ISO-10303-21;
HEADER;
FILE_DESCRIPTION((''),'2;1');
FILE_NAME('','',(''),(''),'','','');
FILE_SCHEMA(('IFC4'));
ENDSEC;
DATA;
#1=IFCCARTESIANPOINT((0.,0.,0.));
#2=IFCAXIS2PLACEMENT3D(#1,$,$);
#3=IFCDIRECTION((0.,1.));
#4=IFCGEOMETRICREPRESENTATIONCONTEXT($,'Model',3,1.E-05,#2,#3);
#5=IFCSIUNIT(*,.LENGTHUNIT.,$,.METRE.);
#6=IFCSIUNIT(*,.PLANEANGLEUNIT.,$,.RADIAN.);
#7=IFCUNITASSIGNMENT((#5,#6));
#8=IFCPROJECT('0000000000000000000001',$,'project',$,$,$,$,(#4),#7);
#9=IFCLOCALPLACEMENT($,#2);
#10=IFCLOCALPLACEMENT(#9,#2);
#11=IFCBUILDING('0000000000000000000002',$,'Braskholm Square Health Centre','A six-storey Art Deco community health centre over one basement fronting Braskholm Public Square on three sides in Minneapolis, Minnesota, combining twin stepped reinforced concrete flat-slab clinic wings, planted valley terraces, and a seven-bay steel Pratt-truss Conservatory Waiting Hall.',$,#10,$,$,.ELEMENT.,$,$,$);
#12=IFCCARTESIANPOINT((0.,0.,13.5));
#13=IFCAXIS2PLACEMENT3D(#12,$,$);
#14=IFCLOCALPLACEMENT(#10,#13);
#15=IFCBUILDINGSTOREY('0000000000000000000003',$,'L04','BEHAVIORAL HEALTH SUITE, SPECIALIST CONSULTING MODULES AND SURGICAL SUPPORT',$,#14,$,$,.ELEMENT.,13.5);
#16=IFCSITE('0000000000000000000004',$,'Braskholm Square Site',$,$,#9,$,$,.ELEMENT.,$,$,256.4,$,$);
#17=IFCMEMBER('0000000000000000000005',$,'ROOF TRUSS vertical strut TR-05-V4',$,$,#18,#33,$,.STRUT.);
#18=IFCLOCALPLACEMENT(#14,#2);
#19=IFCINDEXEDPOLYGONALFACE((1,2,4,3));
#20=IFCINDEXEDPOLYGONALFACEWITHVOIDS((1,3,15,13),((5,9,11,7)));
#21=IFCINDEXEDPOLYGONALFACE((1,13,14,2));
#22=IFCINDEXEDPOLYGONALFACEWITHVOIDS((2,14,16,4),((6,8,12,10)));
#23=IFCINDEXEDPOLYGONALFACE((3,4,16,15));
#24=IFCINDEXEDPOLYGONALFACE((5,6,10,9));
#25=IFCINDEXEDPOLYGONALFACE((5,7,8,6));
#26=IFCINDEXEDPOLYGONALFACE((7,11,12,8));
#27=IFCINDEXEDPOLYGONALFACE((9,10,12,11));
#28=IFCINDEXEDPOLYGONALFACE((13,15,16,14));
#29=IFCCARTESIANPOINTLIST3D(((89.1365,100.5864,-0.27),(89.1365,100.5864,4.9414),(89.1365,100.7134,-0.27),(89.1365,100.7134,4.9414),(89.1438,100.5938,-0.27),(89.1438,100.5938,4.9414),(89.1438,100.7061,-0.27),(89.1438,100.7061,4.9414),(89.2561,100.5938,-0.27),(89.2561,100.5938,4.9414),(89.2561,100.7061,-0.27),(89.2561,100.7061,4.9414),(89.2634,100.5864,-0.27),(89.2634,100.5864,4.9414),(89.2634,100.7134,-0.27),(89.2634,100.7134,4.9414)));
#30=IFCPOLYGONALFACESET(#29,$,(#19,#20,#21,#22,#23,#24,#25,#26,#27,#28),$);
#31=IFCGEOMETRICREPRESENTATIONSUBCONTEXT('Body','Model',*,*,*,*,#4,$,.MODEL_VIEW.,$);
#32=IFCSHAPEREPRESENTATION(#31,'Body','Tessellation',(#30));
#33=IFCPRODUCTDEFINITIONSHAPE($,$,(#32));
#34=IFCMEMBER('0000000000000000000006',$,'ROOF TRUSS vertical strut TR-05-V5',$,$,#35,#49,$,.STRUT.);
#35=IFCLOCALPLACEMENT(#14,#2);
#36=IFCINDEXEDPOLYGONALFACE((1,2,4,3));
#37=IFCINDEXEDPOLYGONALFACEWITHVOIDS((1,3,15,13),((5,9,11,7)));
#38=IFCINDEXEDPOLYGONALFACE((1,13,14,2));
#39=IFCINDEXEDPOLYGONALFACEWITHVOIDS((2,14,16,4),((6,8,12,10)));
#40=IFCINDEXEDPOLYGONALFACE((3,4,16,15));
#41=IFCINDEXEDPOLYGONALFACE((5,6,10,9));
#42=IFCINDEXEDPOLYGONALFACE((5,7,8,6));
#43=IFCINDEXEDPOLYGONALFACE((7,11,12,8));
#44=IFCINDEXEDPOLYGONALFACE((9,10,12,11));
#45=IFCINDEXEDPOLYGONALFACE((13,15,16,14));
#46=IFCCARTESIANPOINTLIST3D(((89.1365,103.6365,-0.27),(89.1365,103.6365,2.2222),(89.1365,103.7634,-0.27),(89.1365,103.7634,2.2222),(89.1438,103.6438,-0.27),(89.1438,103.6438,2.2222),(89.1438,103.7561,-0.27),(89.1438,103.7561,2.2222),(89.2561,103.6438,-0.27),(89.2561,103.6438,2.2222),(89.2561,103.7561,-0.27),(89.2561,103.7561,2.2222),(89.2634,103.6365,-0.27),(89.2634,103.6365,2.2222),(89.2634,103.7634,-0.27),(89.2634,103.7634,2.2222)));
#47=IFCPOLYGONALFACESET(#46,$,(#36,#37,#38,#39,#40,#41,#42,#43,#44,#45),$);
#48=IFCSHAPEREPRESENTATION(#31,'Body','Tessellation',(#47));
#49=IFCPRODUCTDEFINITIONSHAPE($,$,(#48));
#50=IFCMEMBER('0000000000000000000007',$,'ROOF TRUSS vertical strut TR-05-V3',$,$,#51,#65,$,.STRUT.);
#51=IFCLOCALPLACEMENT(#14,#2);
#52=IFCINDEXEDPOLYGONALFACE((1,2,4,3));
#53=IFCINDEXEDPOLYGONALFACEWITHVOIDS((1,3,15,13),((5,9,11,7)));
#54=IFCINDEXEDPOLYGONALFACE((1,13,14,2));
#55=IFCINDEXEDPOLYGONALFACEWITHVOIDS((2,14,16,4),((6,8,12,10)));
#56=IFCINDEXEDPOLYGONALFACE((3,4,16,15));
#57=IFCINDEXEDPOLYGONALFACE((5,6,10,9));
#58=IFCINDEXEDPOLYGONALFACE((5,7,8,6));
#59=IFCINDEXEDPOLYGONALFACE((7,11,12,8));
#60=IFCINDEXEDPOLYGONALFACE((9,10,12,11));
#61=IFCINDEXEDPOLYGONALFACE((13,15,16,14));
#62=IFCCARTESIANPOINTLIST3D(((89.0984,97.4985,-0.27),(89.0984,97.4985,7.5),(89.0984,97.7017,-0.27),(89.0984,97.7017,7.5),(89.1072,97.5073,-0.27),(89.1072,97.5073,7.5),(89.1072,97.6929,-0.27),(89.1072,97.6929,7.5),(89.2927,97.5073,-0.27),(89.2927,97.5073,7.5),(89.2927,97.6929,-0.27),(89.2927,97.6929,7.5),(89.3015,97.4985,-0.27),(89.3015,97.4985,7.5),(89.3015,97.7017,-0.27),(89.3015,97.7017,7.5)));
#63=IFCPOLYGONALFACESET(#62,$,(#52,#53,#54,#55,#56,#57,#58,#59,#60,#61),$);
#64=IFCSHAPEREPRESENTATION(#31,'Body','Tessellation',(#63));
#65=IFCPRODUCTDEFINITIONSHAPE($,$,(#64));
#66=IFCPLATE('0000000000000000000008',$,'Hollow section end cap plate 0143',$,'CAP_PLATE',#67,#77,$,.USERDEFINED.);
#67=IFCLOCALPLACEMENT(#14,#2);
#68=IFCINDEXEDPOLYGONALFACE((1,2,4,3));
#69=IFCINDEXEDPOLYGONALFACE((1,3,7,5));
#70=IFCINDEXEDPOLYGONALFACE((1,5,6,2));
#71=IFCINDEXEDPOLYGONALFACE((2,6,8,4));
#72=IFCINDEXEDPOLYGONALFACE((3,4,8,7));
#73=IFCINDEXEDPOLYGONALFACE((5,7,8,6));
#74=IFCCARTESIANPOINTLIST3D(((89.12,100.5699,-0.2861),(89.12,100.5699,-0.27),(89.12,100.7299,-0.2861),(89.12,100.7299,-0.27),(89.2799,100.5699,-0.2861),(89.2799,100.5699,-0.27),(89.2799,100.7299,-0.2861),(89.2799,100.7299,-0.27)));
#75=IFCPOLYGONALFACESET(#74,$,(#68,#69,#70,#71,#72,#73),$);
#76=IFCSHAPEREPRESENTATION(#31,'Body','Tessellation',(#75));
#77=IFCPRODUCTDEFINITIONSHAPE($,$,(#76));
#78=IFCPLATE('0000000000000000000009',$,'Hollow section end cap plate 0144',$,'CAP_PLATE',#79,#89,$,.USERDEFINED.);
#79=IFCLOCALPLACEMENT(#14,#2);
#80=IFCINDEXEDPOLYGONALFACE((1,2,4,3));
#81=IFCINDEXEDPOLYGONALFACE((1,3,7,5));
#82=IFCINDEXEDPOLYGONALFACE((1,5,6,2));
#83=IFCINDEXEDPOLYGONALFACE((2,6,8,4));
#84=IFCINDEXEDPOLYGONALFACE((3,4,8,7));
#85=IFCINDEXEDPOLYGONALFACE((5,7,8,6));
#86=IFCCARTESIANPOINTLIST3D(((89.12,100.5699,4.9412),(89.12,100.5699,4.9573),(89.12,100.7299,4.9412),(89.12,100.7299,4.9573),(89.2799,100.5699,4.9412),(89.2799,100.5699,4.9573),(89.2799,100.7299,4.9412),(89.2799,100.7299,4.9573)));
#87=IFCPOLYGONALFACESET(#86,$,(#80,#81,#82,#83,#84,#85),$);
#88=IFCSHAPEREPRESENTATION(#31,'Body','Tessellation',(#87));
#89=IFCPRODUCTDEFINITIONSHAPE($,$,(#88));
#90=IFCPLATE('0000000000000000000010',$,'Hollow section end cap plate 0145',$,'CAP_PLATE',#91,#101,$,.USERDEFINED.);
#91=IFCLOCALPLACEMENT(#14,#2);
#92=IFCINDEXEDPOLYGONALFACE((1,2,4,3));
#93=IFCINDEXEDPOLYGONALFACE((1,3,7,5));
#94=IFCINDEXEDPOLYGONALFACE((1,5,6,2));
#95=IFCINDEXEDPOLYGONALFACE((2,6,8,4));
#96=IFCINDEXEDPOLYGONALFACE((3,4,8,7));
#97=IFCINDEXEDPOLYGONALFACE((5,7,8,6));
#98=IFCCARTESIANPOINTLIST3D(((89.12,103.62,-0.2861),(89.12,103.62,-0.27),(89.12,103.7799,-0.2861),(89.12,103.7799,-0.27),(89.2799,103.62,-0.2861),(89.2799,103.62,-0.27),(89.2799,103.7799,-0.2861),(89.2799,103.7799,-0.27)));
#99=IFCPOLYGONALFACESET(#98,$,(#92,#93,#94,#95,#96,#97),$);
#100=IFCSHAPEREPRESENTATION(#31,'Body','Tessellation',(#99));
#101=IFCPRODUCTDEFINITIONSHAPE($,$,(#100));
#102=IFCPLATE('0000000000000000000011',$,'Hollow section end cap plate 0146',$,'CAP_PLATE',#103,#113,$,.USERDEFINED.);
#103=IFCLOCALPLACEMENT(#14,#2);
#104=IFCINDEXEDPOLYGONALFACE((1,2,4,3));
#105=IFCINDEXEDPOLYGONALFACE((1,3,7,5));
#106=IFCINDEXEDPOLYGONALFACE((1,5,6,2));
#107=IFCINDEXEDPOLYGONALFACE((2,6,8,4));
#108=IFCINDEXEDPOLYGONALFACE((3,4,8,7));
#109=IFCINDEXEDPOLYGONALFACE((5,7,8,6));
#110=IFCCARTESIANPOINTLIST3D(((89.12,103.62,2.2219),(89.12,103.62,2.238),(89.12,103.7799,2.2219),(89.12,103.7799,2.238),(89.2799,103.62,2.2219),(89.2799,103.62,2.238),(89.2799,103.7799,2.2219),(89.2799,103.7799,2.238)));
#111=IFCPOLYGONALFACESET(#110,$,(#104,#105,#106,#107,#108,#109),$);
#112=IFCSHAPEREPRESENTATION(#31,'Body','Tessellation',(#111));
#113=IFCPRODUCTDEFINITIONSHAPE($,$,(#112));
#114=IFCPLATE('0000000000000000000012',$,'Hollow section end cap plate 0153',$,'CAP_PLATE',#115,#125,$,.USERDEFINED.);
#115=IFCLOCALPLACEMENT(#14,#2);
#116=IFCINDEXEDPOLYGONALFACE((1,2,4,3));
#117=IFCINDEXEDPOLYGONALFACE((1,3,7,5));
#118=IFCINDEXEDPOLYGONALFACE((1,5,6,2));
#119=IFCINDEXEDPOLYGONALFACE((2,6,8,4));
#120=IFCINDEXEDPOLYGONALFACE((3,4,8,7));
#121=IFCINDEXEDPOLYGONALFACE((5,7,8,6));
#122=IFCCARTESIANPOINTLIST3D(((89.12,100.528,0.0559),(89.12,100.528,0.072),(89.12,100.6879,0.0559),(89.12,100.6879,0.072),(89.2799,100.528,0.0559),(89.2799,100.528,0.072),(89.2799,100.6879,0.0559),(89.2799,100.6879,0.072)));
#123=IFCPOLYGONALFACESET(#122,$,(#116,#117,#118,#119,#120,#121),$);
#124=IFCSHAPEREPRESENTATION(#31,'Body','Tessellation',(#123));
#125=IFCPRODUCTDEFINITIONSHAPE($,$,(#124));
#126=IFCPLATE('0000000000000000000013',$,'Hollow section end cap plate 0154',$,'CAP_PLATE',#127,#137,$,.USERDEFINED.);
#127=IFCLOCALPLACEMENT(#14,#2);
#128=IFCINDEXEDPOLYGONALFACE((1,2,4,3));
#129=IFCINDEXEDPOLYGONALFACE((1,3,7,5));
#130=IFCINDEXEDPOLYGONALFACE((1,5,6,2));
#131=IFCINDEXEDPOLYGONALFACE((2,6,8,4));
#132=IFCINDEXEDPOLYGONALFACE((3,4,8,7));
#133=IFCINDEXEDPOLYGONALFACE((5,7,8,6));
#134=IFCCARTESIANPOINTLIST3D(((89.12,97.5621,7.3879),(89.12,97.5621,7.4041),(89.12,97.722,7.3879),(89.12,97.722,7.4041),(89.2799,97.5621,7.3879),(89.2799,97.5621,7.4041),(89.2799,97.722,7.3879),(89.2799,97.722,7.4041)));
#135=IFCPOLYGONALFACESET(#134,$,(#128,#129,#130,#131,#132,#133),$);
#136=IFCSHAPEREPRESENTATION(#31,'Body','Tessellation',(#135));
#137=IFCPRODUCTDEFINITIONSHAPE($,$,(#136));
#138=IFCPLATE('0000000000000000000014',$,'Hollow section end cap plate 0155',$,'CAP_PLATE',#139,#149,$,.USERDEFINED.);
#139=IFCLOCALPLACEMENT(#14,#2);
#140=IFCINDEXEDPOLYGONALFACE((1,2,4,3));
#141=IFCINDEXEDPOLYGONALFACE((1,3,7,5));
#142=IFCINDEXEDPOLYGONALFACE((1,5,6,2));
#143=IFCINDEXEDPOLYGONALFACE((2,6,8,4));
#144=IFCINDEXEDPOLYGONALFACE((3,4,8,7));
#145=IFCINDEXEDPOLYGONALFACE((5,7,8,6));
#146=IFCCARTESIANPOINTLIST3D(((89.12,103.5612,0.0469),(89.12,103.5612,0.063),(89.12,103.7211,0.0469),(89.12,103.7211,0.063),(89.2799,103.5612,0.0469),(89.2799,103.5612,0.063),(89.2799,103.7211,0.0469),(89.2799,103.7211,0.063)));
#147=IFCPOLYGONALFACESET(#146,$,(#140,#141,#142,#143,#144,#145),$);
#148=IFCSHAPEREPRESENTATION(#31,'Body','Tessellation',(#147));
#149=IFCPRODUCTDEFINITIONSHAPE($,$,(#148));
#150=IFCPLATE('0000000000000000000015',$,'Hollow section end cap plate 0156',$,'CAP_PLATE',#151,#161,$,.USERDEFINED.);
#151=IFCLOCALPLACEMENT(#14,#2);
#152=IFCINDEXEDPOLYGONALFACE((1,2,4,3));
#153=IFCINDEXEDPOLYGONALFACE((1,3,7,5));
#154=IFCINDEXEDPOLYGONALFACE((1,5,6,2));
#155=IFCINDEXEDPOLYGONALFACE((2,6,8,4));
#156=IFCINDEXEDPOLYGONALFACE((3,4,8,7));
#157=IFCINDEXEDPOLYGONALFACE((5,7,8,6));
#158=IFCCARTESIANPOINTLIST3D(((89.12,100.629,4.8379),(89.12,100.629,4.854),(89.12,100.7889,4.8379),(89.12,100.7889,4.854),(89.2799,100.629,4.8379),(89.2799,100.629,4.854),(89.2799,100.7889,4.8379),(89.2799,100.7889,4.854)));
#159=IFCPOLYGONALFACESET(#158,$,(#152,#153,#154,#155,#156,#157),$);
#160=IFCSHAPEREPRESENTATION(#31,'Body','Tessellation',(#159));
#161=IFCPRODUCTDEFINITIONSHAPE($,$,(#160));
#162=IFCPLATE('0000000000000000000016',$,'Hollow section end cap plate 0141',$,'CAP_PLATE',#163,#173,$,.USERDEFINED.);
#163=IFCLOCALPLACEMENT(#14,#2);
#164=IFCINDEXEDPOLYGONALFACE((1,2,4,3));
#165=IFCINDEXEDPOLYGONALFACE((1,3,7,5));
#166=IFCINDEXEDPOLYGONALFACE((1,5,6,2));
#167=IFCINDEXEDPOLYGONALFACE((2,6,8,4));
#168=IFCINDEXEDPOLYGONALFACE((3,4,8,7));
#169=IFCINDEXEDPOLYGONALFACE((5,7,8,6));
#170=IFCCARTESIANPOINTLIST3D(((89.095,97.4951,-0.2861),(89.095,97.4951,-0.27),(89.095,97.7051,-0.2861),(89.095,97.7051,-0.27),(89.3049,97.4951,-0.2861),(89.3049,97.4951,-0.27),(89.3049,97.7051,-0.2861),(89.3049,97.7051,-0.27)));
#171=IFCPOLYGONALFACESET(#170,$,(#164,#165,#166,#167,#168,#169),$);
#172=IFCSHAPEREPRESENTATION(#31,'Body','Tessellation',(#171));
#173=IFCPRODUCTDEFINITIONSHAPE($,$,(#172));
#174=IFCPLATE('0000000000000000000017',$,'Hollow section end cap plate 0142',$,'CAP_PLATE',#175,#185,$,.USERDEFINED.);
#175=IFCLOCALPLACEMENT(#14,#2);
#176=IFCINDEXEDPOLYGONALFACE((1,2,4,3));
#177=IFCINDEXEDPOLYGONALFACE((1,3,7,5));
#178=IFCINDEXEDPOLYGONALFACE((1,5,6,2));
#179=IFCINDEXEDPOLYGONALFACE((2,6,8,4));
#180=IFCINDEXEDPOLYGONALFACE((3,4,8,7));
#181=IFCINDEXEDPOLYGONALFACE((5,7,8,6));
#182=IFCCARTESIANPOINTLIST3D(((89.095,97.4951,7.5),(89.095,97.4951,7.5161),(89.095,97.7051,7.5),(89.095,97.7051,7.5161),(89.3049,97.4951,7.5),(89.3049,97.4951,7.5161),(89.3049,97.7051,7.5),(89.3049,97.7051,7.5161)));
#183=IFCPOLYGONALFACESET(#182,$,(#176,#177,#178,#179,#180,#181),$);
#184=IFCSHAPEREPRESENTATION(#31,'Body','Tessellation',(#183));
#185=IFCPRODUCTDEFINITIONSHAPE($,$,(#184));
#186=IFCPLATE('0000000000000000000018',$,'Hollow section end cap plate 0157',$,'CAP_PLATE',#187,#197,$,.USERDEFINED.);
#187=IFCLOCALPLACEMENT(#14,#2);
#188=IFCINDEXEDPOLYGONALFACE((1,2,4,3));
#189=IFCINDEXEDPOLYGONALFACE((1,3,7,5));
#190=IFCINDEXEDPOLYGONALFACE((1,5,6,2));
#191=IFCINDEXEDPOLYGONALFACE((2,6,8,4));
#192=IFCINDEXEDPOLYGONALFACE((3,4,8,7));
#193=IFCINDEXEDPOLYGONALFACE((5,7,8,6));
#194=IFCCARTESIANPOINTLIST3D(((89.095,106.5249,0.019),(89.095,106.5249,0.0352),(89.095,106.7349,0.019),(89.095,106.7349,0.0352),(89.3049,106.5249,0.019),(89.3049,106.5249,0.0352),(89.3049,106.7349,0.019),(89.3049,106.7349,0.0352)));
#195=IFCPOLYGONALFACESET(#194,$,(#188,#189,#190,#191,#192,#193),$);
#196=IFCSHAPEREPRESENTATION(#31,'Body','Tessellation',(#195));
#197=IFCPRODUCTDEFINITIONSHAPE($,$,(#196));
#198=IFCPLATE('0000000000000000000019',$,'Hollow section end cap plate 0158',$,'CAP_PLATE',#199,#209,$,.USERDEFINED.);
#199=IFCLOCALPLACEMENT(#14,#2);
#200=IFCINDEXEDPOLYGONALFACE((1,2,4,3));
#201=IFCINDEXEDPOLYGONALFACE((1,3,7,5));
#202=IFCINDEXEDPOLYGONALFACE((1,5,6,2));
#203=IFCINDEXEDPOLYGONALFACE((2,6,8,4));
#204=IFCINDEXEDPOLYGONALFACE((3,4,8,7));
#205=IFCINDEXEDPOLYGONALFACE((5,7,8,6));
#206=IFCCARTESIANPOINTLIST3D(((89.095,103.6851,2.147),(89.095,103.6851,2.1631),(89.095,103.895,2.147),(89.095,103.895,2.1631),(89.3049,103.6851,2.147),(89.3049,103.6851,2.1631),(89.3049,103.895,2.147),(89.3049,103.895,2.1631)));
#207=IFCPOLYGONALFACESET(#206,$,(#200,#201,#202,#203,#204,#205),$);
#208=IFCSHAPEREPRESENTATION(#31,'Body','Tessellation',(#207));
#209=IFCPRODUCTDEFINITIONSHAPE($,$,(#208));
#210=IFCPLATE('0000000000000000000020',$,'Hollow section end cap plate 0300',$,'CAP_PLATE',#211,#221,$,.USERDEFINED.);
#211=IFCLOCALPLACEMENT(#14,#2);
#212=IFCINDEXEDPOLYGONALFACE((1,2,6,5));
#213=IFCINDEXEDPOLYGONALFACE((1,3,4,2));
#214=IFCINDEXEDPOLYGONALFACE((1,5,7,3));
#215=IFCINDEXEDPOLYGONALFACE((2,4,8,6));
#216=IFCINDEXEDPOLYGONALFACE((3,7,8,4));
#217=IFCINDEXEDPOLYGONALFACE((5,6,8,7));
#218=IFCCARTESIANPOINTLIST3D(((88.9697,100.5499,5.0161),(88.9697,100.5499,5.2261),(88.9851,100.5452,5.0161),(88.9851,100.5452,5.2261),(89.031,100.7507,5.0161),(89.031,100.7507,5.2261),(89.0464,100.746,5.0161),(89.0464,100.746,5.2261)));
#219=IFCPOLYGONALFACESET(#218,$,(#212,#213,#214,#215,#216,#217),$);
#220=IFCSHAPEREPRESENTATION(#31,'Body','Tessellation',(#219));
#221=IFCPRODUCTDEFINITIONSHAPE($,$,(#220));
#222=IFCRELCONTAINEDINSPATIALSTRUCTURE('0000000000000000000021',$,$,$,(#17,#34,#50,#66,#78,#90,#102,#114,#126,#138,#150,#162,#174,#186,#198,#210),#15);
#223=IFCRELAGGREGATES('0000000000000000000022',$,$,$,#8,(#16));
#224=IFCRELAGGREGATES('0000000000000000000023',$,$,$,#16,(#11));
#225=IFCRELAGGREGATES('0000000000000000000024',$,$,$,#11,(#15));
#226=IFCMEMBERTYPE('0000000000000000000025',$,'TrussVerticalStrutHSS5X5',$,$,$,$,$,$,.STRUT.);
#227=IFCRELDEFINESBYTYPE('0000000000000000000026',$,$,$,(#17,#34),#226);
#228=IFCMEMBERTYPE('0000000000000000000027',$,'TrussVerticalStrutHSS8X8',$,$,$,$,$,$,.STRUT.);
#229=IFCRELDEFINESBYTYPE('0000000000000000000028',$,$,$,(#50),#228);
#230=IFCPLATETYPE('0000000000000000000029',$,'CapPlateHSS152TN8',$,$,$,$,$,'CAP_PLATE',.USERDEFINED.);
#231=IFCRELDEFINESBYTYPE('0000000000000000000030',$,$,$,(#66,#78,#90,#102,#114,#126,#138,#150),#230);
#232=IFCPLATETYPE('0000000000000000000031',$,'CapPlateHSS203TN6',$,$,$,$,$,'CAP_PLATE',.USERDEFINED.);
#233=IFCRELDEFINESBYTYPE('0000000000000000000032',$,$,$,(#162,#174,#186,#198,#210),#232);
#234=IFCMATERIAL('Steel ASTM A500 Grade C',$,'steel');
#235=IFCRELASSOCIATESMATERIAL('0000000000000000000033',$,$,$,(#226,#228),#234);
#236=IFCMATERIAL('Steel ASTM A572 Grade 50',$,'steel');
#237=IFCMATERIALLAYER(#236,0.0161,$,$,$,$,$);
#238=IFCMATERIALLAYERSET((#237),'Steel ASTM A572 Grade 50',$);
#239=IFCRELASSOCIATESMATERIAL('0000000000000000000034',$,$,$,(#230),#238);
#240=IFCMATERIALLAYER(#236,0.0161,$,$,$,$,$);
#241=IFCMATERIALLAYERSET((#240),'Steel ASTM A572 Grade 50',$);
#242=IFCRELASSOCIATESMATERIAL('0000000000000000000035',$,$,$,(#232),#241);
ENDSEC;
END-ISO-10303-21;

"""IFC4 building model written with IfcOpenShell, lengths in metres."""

from ifc_helpers import new_model, si_unit, direction, frame, origin, origin_2d, place, context, subcontext, project, spatial, rectangle, hollow_rectangle, extrude, material, layer, layer_set, material_profile, profile_set, type_object, element, save


model = new_model("IFC4")

# Units and contexts
model_context = context("Model", 3, precision=1e-05, world=origin(), true_north=direction((0.0, 1.0)))
body_context = subcontext(model_context, "Body", "Model", "MODEL_VIEW")
ifc_project = project(units=[si_unit("LENGTHUNIT", "METRE"), si_unit("PLANEANGLEUNIT", "RADIAN")], contexts=[model_context])

# Site, building, storey
site_placement = place(None, origin())
site = spatial("IfcSite", under=ifc_project, at=site_placement, Name="Braskholm Square Site", CompositionType="ELEMENT", RefElevation=256.4)
building_placement = place(site_placement, origin())
building = spatial("IfcBuilding", under=site, at=building_placement, Name="Braskholm Square Health Centre", Description="A six-storey Art Deco community health centre over one basement fronting Braskholm Public Square on three sides in Minneapolis, Minnesota, combining twin stepped reinforced concrete flat-slab clinic wings, planted valley terraces, and a seven-bay steel Pratt-truss Conservatory Waiting Hall.", CompositionType="ELEMENT")
storey_placement = place(building_placement, frame((0.0, 0.0, 13.5)))
storey = spatial("IfcBuildingStorey", under=building, at=storey_placement, Name="L04", Description="BEHAVIORAL HEALTH SUITE, SPECIALIST CONSULTING MODULES AND SURGICAL SUPPORT", CompositionType="ELEMENT", Elevation=13.5)

# Members
ifc_material_1 = material(Name="Steel ASTM A500 Grade C", Category="steel")
ifc_material_profile_1 = material_profile(ifc_material_1, hollow_rectangle(XDim=0.127, YDim=0.127, WallThickness=0.0073, at=origin_2d()), Name="HSS5X5X5/16")
ifc_profile_set_1 = profile_set([ifc_material_profile_1], Name="Steel ASTM A500 Grade C")
member_type_1 = type_object("IfcMemberType", Name="TrussVerticalStrutHSS5X5", PredefinedType="STRUT", material=ifc_profile_set_1)
member_1_placement = place(storey_placement, frame((89.2, 100.6499, -0.27), z_axis=(0.0, 0.0, 1.0), x_axis=(1.0, 0.0, 0.0)))
element("IfcMember", 1, at=member_1_placement, inside=storey, type_object=member_type_1, Name="ROOF TRUSS vertical strut TR-05-V4", PredefinedType="STRUT", context=body_context, shape_type="SweptSolid", body=[
    extrude(hollow_rectangle(XDim=0.127, YDim=0.127, WallThickness=0.0073, at=origin_2d()), origin(), (0.0, 0.0, 1.0), 5.2114),
])
member_2_placement = place(storey_placement, frame((89.2, 103.7, -0.27), z_axis=(0.0, 0.0, 1.0), x_axis=(1.0, 0.0, 0.0)))
element("IfcMember", 2, at=member_2_placement, inside=storey, type_object=member_type_1, Name="ROOF TRUSS vertical strut TR-05-V5", PredefinedType="STRUT", context=body_context, shape_type="SweptSolid", body=[
    extrude(hollow_rectangle(XDim=0.127, YDim=0.127, WallThickness=0.0073, at=origin_2d()), origin(), (0.0, 0.0, 1.0), 2.4922),
])
ifc_material_profile_2 = material_profile(ifc_material_1, hollow_rectangle(XDim=0.2031, YDim=0.2031, WallThickness=0.0088, at=origin_2d()), Name="HSS8X8X3/8")
ifc_profile_set_2 = profile_set([ifc_material_profile_2], Name="Steel ASTM A500 Grade C")
member_type_2 = type_object("IfcMemberType", Name="TrussVerticalStrutHSS8X8", PredefinedType="STRUT", material=ifc_profile_set_2)
member_3_placement = place(storey_placement, frame((89.2, 97.6001, -0.27), z_axis=(0.0, 0.0, 1.0), x_axis=(1.0, 0.0, 0.0)))
element("IfcMember", 3, at=member_3_placement, inside=storey, type_object=member_type_2, Name="ROOF TRUSS vertical strut TR-05-V3", PredefinedType="STRUT", context=body_context, shape_type="SweptSolid", body=[
    extrude(hollow_rectangle(XDim=0.2031, YDim=0.2031, WallThickness=0.0088, at=origin_2d()), origin(), (0.0, 0.0, 1.0), 7.77),
])

# Plates
ifc_material_2 = material(Name="Steel ASTM A572 Grade 50", Category="steel")
ifc_layer_1 = layer(ifc_material_2, 0.0161)
ifc_layer_set_1 = layer_set([ifc_layer_1], Name="Steel ASTM A572 Grade 50")
plate_type_1 = type_object("IfcPlateType", Name="CapPlateHSS152TN8", ElementType="CAP_PLATE", PredefinedType="USERDEFINED", material=ifc_layer_set_1)
for number, where, z_axis, x_axis, name in (
    (4, (89.2, 100.6499, -0.2861), (0.0, 0.0, 1.0), (1.0, 0.0, 0.0), "Hollow section end cap plate 0143"),
    (5, (89.2, 100.6499, 4.9412), (0.0, 0.0, 1.0), (1.0, 0.0, 0.0), "Hollow section end cap plate 0144"),
    (6, (89.2, 103.7, -0.2861), (0.0, 0.0, 1.0), (1.0, 0.0, 0.0), "Hollow section end cap plate 0145"),
    (7, (89.2, 103.7, 2.2219), (0.0, 0.0, 1.0), (1.0, 0.0, 0.0), "Hollow section end cap plate 0146"),
    (8, (89.2, 100.6079, 0.0559), (0.0, 0.0, 1.0), (1.0, 0.0, 0.0), "Hollow section end cap plate 0153"),
    (9, (89.2, 97.6421, 7.3879), (0.0, 0.0, 1.0), (1.0, 0.0, 0.0), "Hollow section end cap plate 0154"),
    (10, (89.2, 103.6411, 0.0469), (0.0, 0.0, 1.0), (1.0, 0.0, 0.0), "Hollow section end cap plate 0155"),
    (11, (89.2, 100.709, 4.8379), (0.0, 0.0, 1.0), (1.0, 0.0, 0.0), "Hollow section end cap plate 0156"),
):
    element("IfcPlate", number, at=place(storey_placement, frame(where, z_axis=z_axis, x_axis=x_axis)), inside=storey, type_object=plate_type_1, Name=name, ObjectType="CAP_PLATE", PredefinedType="USERDEFINED", context=body_context, shape_type="SweptSolid", body=[
        extrude(rectangle(XDim=0.1599, YDim=0.1599, at=origin_2d()), origin(), (0.0, 0.0, 1.0), 0.0161),
    ])
ifc_layer_2 = layer(ifc_material_2, 0.0161)
ifc_layer_set_2 = layer_set([ifc_layer_2], Name="Steel ASTM A572 Grade 50")
plate_type_2 = type_object("IfcPlateType", Name="CapPlateHSS203TN6", ElementType="CAP_PLATE", PredefinedType="USERDEFINED", material=ifc_layer_set_2)
for number, where, z_axis, x_axis, name in (
    (12, (89.2, 97.6001, -0.2861), (0.0, 0.0, 1.0), (1.0, 0.0, 0.0), "Hollow section end cap plate 0141"),
    (13, (89.2, 97.6001, 7.5), (0.0, 0.0, 1.0), (1.0, 0.0, 0.0), "Hollow section end cap plate 0142"),
    (14, (89.2, 106.6299, 0.019), (0.0, 0.0, 1.0), (1.0, 0.0, 0.0), "Hollow section end cap plate 0157"),
    (15, (89.2, 103.79, 2.147), (0.0, 0.0, 1.0), (1.0, 0.0, 0.0), "Hollow section end cap plate 0158"),
):
    element("IfcPlate", number, at=place(storey_placement, frame(where, z_axis=z_axis, x_axis=x_axis)), inside=storey, type_object=plate_type_2, Name=name, ObjectType="CAP_PLATE", PredefinedType="USERDEFINED", context=body_context, shape_type="SweptSolid", body=[
        extrude(rectangle(XDim=0.21, YDim=0.21, at=origin_2d()), origin(), (0.0, 0.0, 1.0), 0.0161),
    ])
plate_1_placement = place(storey_placement, frame((89.0081, 100.6479, 5.0161), z_axis=(0.0, 0.0, 1.0), x_axis=(0.956498, -0.291737, 0.0)))
element("IfcPlate", 16, at=plate_1_placement, inside=storey, type_object=plate_type_2, Name="Hollow section end cap plate 0300", ObjectType="CAP_PLATE", PredefinedType="USERDEFINED", context=body_context, shape_type="SweptSolid", body=[
    extrude(rectangle(XDim=0.0161, YDim=0.21, at=origin_2d()), origin(), (0.0, 0.0, 1.0), 0.21),
])

save(model, "model.ifc")
